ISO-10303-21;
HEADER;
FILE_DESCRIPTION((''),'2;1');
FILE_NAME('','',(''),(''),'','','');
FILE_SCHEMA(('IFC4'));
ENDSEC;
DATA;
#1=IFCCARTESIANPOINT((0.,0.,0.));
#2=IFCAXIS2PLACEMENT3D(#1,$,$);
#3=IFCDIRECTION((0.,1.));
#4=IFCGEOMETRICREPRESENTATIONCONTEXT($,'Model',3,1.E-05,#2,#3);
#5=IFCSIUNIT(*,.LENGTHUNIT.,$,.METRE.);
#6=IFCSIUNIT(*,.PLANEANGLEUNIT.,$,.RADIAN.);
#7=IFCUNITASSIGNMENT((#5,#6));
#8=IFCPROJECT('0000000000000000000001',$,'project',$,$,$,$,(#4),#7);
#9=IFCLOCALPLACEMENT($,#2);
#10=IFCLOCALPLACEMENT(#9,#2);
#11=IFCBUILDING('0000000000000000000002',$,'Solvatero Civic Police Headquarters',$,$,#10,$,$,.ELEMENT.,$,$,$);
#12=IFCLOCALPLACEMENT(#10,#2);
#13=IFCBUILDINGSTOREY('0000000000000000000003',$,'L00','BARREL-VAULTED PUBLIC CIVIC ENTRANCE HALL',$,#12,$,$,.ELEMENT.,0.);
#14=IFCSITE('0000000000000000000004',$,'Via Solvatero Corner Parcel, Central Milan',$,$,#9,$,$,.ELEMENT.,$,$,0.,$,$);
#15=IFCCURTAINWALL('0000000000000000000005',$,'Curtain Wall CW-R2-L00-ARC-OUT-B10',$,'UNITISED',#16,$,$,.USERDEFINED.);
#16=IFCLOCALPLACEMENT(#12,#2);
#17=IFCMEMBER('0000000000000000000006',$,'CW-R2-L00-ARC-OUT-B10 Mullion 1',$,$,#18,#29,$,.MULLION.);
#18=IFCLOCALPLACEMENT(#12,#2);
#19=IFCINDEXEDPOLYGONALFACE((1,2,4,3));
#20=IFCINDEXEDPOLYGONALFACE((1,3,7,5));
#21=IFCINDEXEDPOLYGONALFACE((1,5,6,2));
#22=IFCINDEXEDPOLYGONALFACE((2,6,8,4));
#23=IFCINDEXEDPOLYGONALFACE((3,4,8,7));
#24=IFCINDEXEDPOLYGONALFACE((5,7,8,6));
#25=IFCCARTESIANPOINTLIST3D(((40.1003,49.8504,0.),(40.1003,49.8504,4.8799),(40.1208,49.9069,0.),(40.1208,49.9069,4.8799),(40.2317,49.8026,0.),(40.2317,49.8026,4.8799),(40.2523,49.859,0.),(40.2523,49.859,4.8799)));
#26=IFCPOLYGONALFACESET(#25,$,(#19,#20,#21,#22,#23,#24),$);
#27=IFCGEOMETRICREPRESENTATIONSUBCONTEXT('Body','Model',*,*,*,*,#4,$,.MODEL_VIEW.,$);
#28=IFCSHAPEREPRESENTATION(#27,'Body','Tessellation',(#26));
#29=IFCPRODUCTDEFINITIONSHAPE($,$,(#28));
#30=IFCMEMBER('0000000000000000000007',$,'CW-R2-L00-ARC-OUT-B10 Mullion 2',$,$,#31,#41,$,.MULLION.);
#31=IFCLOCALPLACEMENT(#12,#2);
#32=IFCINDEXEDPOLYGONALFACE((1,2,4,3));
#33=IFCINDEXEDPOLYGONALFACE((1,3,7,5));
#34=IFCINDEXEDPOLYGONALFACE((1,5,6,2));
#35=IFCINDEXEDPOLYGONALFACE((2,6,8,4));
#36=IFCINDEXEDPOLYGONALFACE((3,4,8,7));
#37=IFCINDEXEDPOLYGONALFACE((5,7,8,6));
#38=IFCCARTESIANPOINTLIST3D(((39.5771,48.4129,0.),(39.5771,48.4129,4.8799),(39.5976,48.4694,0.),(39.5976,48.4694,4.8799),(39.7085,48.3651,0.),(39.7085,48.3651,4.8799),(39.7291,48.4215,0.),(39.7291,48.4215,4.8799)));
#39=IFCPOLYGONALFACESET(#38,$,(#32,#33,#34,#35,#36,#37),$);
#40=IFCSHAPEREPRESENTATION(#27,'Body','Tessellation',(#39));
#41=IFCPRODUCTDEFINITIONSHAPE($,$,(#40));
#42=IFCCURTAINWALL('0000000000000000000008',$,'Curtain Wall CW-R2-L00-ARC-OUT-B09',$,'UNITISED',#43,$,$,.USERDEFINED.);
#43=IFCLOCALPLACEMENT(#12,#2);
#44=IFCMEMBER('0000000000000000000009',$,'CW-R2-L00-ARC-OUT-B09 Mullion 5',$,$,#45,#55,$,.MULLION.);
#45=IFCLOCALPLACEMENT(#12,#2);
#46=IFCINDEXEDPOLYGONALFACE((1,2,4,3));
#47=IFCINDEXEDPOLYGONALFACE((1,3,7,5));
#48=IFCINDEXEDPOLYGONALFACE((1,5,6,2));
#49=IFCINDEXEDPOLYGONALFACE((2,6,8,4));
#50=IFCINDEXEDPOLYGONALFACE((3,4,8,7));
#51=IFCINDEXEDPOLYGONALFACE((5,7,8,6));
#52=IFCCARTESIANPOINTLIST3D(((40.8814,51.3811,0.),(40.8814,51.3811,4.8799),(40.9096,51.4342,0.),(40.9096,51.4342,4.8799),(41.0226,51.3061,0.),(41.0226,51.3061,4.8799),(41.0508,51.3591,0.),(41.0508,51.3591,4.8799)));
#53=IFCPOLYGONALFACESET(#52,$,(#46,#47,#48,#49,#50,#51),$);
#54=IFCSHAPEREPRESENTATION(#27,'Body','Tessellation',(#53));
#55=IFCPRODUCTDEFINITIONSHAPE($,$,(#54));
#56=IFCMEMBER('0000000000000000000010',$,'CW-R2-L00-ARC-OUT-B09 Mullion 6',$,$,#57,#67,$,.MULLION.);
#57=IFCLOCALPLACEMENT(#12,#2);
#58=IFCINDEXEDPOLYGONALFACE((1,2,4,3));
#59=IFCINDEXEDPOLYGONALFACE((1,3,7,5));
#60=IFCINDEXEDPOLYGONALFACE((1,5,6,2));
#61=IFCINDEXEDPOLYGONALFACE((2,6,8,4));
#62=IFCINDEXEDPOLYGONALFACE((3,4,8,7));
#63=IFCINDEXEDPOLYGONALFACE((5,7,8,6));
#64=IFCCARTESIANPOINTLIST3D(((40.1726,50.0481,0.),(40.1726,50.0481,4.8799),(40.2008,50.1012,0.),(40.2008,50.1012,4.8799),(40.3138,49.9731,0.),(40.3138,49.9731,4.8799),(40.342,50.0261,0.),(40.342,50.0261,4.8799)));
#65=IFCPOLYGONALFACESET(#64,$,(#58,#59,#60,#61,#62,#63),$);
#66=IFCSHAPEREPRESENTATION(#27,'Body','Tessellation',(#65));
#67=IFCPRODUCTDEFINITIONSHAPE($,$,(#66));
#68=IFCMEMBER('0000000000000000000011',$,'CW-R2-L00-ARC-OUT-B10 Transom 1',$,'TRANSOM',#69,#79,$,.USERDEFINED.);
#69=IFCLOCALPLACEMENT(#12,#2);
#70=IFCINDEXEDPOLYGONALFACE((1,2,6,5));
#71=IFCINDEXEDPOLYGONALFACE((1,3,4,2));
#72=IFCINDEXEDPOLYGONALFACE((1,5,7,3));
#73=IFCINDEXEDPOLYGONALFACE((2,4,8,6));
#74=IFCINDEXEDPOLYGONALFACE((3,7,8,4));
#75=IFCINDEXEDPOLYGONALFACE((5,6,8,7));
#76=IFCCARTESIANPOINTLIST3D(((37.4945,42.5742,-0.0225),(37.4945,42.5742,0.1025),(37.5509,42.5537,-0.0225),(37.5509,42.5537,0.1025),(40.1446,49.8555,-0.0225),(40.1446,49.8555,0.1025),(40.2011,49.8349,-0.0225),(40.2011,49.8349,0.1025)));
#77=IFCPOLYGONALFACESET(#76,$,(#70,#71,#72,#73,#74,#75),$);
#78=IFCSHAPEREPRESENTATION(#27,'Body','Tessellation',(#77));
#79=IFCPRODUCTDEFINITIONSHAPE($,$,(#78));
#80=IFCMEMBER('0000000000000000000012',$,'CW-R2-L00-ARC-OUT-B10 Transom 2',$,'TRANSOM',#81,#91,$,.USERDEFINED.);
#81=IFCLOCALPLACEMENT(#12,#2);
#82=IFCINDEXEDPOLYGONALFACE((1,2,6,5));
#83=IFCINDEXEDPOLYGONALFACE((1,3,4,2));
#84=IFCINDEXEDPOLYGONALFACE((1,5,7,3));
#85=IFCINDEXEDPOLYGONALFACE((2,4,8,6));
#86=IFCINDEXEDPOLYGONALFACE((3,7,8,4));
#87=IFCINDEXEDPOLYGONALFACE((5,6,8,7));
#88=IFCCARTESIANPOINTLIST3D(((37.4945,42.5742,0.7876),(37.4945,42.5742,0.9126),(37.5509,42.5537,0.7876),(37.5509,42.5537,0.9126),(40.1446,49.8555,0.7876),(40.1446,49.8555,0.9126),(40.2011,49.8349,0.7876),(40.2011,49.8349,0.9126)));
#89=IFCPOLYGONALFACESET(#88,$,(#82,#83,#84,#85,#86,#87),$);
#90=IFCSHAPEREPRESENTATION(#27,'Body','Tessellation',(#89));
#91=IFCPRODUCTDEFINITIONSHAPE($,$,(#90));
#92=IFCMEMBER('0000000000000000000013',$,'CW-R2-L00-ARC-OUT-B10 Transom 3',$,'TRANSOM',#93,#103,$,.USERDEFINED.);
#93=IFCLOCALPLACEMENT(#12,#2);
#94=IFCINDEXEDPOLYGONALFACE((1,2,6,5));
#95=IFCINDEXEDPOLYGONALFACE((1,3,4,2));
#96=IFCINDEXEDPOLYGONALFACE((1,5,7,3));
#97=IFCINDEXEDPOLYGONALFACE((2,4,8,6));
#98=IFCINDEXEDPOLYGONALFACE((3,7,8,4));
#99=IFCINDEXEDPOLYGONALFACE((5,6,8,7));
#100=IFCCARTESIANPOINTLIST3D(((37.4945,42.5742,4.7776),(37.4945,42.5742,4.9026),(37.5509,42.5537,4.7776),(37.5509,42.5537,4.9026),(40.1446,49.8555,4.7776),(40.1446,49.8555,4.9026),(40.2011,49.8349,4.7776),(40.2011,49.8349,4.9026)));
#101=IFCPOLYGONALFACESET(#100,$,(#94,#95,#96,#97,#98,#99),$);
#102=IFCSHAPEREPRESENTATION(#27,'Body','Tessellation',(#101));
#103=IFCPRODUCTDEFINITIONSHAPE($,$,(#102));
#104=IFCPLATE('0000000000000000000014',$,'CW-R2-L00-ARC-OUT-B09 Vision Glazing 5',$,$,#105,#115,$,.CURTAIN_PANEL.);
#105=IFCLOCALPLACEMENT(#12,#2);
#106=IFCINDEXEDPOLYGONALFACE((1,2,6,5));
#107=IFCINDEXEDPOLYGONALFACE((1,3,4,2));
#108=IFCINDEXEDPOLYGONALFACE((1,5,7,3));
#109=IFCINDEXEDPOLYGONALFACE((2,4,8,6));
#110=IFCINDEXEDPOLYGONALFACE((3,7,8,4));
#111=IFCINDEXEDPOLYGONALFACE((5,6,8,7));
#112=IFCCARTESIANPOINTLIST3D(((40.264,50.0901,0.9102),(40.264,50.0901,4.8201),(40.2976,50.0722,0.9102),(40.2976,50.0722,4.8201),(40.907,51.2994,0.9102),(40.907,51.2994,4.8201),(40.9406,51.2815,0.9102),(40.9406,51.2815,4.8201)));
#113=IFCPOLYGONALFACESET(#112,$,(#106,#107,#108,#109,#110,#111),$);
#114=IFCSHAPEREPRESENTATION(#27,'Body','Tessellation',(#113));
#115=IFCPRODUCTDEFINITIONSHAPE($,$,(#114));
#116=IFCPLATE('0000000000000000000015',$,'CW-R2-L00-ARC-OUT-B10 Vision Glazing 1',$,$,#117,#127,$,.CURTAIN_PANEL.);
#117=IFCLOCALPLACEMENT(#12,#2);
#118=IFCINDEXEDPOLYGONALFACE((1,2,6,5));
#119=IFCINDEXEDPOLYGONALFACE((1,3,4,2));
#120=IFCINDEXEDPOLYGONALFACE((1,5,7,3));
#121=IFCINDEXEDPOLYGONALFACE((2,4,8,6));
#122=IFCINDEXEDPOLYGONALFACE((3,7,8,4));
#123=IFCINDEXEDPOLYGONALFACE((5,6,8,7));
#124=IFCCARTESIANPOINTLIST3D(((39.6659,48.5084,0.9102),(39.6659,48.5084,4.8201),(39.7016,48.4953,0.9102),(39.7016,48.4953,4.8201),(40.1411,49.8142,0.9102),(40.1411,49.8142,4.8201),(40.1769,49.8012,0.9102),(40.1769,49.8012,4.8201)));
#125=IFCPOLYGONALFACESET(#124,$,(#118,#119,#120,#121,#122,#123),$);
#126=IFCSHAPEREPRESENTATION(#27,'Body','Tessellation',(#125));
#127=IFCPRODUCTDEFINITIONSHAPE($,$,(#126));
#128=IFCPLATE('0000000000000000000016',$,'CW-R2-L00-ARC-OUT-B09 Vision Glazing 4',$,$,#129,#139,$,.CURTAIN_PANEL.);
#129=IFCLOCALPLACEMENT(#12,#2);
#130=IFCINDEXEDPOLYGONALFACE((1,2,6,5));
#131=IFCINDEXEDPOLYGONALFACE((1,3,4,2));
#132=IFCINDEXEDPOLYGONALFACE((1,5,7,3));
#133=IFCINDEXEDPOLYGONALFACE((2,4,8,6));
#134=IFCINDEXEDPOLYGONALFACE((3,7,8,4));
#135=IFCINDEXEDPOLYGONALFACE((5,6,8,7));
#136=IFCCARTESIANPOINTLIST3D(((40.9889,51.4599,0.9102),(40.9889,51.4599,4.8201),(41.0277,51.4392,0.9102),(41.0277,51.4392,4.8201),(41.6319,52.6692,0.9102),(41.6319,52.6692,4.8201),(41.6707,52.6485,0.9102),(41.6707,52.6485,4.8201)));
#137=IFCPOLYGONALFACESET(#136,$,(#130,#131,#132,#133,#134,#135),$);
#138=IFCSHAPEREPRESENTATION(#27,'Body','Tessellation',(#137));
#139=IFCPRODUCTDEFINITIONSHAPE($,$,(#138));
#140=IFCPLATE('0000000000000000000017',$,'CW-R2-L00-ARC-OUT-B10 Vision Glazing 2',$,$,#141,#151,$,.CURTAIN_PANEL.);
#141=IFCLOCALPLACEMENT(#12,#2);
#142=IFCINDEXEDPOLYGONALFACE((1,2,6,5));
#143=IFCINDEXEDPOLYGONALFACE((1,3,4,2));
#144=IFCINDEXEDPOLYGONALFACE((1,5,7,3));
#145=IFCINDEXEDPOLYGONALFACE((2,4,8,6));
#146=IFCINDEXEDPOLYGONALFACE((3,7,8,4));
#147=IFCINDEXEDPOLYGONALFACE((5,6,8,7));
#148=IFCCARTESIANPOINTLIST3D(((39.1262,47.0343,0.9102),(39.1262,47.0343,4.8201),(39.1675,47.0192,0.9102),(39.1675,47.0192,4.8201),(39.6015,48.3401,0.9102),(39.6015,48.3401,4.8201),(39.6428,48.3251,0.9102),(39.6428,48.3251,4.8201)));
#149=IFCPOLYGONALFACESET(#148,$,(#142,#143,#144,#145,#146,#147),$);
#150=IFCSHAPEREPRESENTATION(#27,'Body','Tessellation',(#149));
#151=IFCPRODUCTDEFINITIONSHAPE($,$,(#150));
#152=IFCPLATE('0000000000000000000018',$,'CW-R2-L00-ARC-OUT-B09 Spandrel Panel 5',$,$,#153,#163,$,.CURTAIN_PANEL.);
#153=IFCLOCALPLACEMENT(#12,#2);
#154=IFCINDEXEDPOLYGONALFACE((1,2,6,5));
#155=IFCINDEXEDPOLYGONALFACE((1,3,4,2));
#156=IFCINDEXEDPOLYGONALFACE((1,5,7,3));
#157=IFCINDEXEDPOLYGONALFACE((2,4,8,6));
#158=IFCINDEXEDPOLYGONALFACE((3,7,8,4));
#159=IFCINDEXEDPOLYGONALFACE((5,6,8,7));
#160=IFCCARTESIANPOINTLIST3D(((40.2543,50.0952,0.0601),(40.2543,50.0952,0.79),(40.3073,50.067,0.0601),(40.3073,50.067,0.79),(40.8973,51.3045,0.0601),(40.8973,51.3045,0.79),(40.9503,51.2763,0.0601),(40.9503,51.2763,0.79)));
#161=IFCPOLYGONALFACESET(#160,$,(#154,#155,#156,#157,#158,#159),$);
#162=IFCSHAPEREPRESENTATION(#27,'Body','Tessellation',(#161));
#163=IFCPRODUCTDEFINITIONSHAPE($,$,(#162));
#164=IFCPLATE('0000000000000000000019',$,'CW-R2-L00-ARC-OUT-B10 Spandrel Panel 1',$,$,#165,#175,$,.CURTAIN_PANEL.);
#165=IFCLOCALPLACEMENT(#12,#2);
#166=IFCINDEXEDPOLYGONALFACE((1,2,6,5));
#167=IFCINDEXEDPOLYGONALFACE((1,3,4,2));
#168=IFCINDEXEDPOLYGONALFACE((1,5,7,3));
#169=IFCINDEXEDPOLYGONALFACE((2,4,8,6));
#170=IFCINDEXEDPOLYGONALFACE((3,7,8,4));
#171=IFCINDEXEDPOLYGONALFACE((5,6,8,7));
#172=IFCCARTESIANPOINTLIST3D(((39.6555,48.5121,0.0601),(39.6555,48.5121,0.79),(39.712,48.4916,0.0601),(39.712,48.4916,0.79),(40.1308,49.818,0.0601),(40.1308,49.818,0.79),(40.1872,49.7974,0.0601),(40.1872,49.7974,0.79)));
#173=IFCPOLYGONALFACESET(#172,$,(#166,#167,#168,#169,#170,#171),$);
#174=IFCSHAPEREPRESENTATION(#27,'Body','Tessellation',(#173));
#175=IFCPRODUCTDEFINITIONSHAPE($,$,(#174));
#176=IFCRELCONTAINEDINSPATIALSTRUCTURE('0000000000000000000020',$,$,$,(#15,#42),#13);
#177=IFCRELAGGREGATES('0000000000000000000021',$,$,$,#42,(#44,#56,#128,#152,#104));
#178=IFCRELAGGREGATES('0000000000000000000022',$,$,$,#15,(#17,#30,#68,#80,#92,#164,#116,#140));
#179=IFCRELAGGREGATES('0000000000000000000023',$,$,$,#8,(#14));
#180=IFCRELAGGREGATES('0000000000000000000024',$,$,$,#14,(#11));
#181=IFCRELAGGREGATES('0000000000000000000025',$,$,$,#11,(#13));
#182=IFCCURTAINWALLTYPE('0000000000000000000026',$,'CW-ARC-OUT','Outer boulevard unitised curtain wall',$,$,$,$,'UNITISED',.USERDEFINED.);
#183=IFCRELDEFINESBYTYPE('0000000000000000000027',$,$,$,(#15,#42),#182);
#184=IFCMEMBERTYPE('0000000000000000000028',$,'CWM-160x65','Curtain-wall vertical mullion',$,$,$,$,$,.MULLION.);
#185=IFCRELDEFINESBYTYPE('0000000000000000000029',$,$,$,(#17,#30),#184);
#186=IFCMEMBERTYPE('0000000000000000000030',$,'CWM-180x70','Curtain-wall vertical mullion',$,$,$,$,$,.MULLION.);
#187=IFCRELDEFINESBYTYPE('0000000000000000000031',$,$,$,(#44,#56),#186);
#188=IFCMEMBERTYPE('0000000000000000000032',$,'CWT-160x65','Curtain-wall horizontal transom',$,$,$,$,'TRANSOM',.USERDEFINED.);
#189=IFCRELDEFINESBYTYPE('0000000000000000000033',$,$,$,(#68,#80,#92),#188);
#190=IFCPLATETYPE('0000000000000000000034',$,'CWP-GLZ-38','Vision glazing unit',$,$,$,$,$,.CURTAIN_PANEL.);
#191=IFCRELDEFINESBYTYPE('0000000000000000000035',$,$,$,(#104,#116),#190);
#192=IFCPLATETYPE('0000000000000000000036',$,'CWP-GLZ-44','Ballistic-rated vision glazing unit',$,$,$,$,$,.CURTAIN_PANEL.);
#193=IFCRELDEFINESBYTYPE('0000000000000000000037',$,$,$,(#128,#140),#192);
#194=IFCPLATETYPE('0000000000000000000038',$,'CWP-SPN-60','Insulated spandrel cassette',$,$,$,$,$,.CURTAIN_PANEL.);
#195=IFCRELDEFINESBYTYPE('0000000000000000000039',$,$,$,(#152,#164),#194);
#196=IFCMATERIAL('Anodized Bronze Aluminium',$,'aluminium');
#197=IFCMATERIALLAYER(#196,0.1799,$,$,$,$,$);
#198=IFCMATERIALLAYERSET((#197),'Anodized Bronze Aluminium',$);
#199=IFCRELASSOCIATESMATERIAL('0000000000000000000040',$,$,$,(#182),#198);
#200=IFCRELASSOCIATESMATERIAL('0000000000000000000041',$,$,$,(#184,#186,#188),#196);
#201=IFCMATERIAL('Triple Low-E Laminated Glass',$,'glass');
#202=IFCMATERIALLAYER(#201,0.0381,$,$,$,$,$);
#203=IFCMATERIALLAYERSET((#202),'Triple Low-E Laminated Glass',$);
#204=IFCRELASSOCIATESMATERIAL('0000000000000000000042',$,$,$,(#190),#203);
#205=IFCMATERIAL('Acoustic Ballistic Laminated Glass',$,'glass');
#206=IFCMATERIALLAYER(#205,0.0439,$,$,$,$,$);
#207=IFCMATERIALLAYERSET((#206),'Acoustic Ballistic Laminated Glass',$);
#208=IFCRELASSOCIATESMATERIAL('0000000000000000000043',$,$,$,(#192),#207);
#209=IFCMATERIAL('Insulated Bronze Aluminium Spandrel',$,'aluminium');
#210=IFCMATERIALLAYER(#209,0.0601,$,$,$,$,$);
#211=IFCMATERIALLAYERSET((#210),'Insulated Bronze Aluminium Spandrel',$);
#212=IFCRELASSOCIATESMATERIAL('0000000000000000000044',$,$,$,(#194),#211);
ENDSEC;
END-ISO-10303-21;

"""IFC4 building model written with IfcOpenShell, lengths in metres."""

from ifc_helpers import new_model, si_unit, direction, frame, origin, origin_2d, place, context, subcontext, project, spatial, rectangle, extrude, material, layer, layer_set, material_profile, profile_set, type_object, element, aggregate, save


model = new_model("IFC4")

# Units and contexts
model_context = context("Model", 3, precision=1e-05, world=origin(), true_north=direction((0.0, 1.0)))
body_context = subcontext(model_context, "Body", "Model", "MODEL_VIEW")
ifc_project = project(units=[si_unit("LENGTHUNIT", "METRE"), si_unit("PLANEANGLEUNIT", "RADIAN")], contexts=[model_context])

# Site, building, storey
site_placement = place(None, origin())
site = spatial("IfcSite", under=ifc_project, at=site_placement, Name="Via Solvatero Corner Parcel, Central Milan", CompositionType="ELEMENT", RefElevation=0.0)
building_placement = place(site_placement, origin())
building = spatial("IfcBuilding", under=site, at=building_placement, Name="Solvatero Civic Police Headquarters", CompositionType="ELEMENT")
storey_placement = place(building_placement, origin())
storey = spatial("IfcBuildingStorey", under=building, at=storey_placement, Name="L00", Description="BARREL-VAULTED PUBLIC CIVIC ENTRANCE HALL", CompositionType="ELEMENT", Elevation=0.0)

# Curtain walls, members
ifc_material_1 = material(Name="Anodized Bronze Aluminium", Category="aluminium")
ifc_layer_1 = layer(ifc_material_1, 0.1799)
ifc_layer_set_1 = layer_set([ifc_layer_1], Name="Anodized Bronze Aluminium")
curtain_wall_type = type_object("IfcCurtainWallType", Name="CW-ARC-OUT", Description="Outer boulevard unitised curtain wall", ElementType="UNITISED", PredefinedType="USERDEFINED", material=ifc_layer_set_1)
curtain_wall_1_placement = place(storey_placement, origin())
curtain_wall_1 = element("IfcCurtainWall", 1, at=curtain_wall_1_placement, inside=storey, type_object=curtain_wall_type, Name="Curtain Wall CW-R2-L00-ARC-OUT-B10", ObjectType="UNITISED", PredefinedType="USERDEFINED")
ifc_material_profile_1 = material_profile(ifc_material_1, rectangle(XDim=0.0601, YDim=0.1399, at=origin_2d()), Name="ALU MULLION 60x140")
ifc_profile_set_1 = profile_set([ifc_material_profile_1], Name="Anodized Bronze Aluminium")
member_type_1 = type_object("IfcMemberType", Name="CWM-160x65", Description="Curtain-wall vertical mullion", PredefinedType="MULLION", material=ifc_profile_set_1)
member_1_placement = place(storey_placement, frame((40.1763, 49.8547, 0.0), z_axis=(0.0, 0.0, 1.0), x_axis=(-0.342004, -0.939699, 0.0)))
member_1 = element("IfcMember", 2, at=member_1_placement, type_object=member_type_1, Name="CW-R2-L00-ARC-OUT-B10 Mullion 1", PredefinedType="MULLION", context=body_context, shape_type="SweptSolid", body=[
    extrude(rectangle(XDim=0.0601, YDim=0.1399, at=origin_2d()), origin(), (0.0, 0.0, 1.0), 4.8799),
])
member_2_placement = place(storey_placement, frame((39.6531, 48.4172, 0.0), z_axis=(0.0, 0.0, 1.0), x_axis=(-0.342004, -0.939699, 0.0)))
member_2 = element("IfcMember", 3, at=member_2_placement, type_object=member_type_1, Name="CW-R2-L00-ARC-OUT-B10 Mullion 2", PredefinedType="MULLION", context=body_context, shape_type="SweptSolid", body=[
    extrude(rectangle(XDim=0.0601, YDim=0.1399, at=origin_2d()), origin(), (0.0, 0.0, 1.0), 4.8799),
])
curtain_wall_2_placement = place(storey_placement, origin())
curtain_wall_2 = element("IfcCurtainWall", 4, at=curtain_wall_2_placement, inside=storey, type_object=curtain_wall_type, Name="Curtain Wall CW-R2-L00-ARC-OUT-B09", ObjectType="UNITISED", PredefinedType="USERDEFINED")
ifc_material_profile_2 = material_profile(ifc_material_1, rectangle(XDim=0.0601, YDim=0.1599, at=origin_2d()), Name="ALU MULLION 60x160")
ifc_profile_set_2 = profile_set([ifc_material_profile_2], Name="Anodized Bronze Aluminium")
member_type_2 = type_object("IfcMemberType", Name="CWM-180x70", Description="Curtain-wall vertical mullion", PredefinedType="MULLION", material=ifc_profile_set_2)
member_3_placement = place(storey_placement, frame((40.9661, 51.3701, 0.0), z_axis=(0.0, 0.0, 1.0), x_axis=(-0.469472, -0.882948, 0.0)))
member_3 = element("IfcMember", 5, at=member_3_placement, type_object=member_type_2, Name="CW-R2-L00-ARC-OUT-B09 Mullion 5", PredefinedType="MULLION", context=body_context, shape_type="SweptSolid", body=[
    extrude(rectangle(XDim=0.0601, YDim=0.1599, at=origin_2d()), origin(), (0.0, 0.0, 1.0), 4.8799),
])
member_4_placement = place(storey_placement, frame((40.2573, 50.0371, 0.0), z_axis=(0.0, 0.0, 1.0), x_axis=(-0.469472, -0.882948, 0.0)))
member_4 = element("IfcMember", 6, at=member_4_placement, type_object=member_type_2, Name="CW-R2-L00-ARC-OUT-B09 Mullion 6", PredefinedType="MULLION", context=body_context, shape_type="SweptSolid", body=[
    extrude(rectangle(XDim=0.0601, YDim=0.1599, at=origin_2d()), origin(), (0.0, 0.0, 1.0), 4.8799),
])

# Members
ifc_material_profile_3 = material_profile(ifc_material_1, rectangle(XDim=0.0601, YDim=0.125, at=origin_2d()), Name="ALU TRANSOM 60x125")
ifc_profile_set_3 = profile_set([ifc_material_profile_3], Name="Anodized Bronze Aluminium")
member_type_3 = type_object("IfcMemberType", Name="CWT-160x65", Description="Curtain-wall horizontal transom", ElementType="TRANSOM", PredefinedType="USERDEFINED", material=ifc_profile_set_3)
member_5_placement = place(storey_placement, frame((40.1729, 49.8452, 0.04), z_axis=(-0.342019, -0.939693, 0.0), x_axis=(0.939693, -0.342019, 0.0)))
member_5 = element("IfcMember", 7, at=member_5_placement, type_object=member_type_3, Name="CW-R2-L00-ARC-OUT-B10 Transom 1", ObjectType="TRANSOM", PredefinedType="USERDEFINED", context=body_context, shape_type="SweptSolid", body=[
    extrude(rectangle(XDim=0.0601, YDim=0.125, at=origin_2d()), origin(), (0.0, 0.0, 1.0), 7.7485),
])
member_6_placement = place(storey_placement, frame((40.1729, 49.8452, 0.8501), z_axis=(-0.342019, -0.939693, 0.0), x_axis=(0.939693, -0.342019, 0.0)))
member_6 = element("IfcMember", 8, at=member_6_placement, type_object=member_type_3, Name="CW-R2-L00-ARC-OUT-B10 Transom 2", ObjectType="TRANSOM", PredefinedType="USERDEFINED", context=body_context, shape_type="SweptSolid", body=[
    extrude(rectangle(XDim=0.0601, YDim=0.125, at=origin_2d()), origin(), (0.0, 0.0, 1.0), 7.7485),
])
member_7_placement = place(storey_placement, frame((40.1729, 49.8452, 4.8401), z_axis=(-0.342019, -0.939693, 0.0), x_axis=(0.939693, -0.342019, 0.0)))
member_7 = element("IfcMember", 9, at=member_7_placement, type_object=member_type_3, Name="CW-R2-L00-ARC-OUT-B10 Transom 3", ObjectType="TRANSOM", PredefinedType="USERDEFINED", context=body_context, shape_type="SweptSolid", body=[
    extrude(rectangle(XDim=0.0601, YDim=0.125, at=origin_2d()), origin(), (0.0, 0.0, 1.0), 7.7485),
])

# Plates
ifc_material_2 = material(Name="Triple Low-E Laminated Glass", Category="glass")
ifc_layer_2 = layer(ifc_material_2, 0.0381)
ifc_layer_set_2 = layer_set([ifc_layer_2], Name="Triple Low-E Laminated Glass")
plate_type_1 = type_object("IfcPlateType", Name="CWP-GLZ-38", Description="Vision glazing unit", PredefinedType="CURTAIN_PANEL", material=ifc_layer_set_2)
plate_1_placement = place(storey_placement, frame((40.6023, 50.6858, 0.9102), z_axis=(0.0, 0.0, 1.0), x_axis=(-0.469472, -0.882948, 0.0)))
plate_1 = element("IfcPlate", 10, at=plate_1_placement, type_object=plate_type_1, Name="CW-R2-L00-ARC-OUT-B09 Vision Glazing 5", PredefinedType="CURTAIN_PANEL", context=body_context, shape_type="SweptSolid", body=[
    extrude(rectangle(XDim=1.3696, YDim=0.0381, at=origin_2d()), origin(), (0.0, 0.0, 1.0), 3.9099),
])
plate_2_placement = place(storey_placement, frame((39.9214, 49.1548, 0.9102), z_axis=(0.0, 0.0, 1.0), x_axis=(-0.342004, -0.939699, 0.0)))
plate_2 = element("IfcPlate", 11, at=plate_2_placement, type_object=plate_type_1, Name="CW-R2-L00-ARC-OUT-B10 Vision Glazing 1", PredefinedType="CURTAIN_PANEL", context=body_context, shape_type="SweptSolid", body=[
    extrude(rectangle(XDim=1.3896, YDim=0.0381, at=origin_2d()), origin(), (0.0, 0.0, 1.0), 3.9099),
])
ifc_material_3 = material(Name="Acoustic Ballistic Laminated Glass", Category="glass")
ifc_layer_3 = layer(ifc_material_3, 0.0439)
ifc_layer_set_3 = layer_set([ifc_layer_3], Name="Acoustic Ballistic Laminated Glass")
plate_type_2 = type_object("IfcPlateType", Name="CWP-GLZ-44", Description="Ballistic-rated vision glazing unit", PredefinedType="CURTAIN_PANEL", material=ifc_layer_set_3)
plate_3_placement = place(storey_placement, frame((41.3298, 52.0542, 0.9102), z_axis=(0.0, 0.0, 1.0), x_axis=(-0.469472, -0.882948, 0.0)))
plate_3 = element("IfcPlate", 12, at=plate_3_placement, type_object=plate_type_2, Name="CW-R2-L00-ARC-OUT-B09 Vision Glazing 4", PredefinedType="CURTAIN_PANEL", context=body_context, shape_type="SweptSolid", body=[
    extrude(rectangle(XDim=1.3696, YDim=0.0439, at=origin_2d()), origin(), (0.0, 0.0, 1.0), 3.9099),
])
plate_4_placement = place(storey_placement, frame((39.3845, 47.6797, 0.9102), z_axis=(0.0, 0.0, 1.0), x_axis=(-0.342004, -0.939699, 0.0)))
plate_4 = element("IfcPlate", 13, at=plate_4_placement, type_object=plate_type_2, Name="CW-R2-L00-ARC-OUT-B10 Vision Glazing 2", PredefinedType="CURTAIN_PANEL", context=body_context, shape_type="SweptSolid", body=[
    extrude(rectangle(XDim=1.3896, YDim=0.0439, at=origin_2d()), origin(), (0.0, 0.0, 1.0), 3.9099),
])
ifc_material_4 = material(Name="Insulated Bronze Aluminium Spandrel", Category="aluminium")
ifc_layer_4 = layer(ifc_material_4, 0.0601)
ifc_layer_set_4 = layer_set([ifc_layer_4], Name="Insulated Bronze Aluminium Spandrel")
plate_type_3 = type_object("IfcPlateType", Name="CWP-SPN-60", Description="Insulated spandrel cassette", PredefinedType="CURTAIN_PANEL", material=ifc_layer_set_4)
plate_5_placement = place(storey_placement, frame((40.6023, 50.6858, 0.0601), z_axis=(0.0, 0.0, 1.0), x_axis=(-0.469472, -0.882948, 0.0)))
plate_5 = element("IfcPlate", 14, at=plate_5_placement, type_object=plate_type_3, Name="CW-R2-L00-ARC-OUT-B09 Spandrel Panel 5", PredefinedType="CURTAIN_PANEL", context=body_context, shape_type="SweptSolid", body=[
    extrude(rectangle(XDim=1.3696, YDim=0.0601, at=origin_2d()), origin(), (0.0, 0.0, 1.0), 0.73),
])
plate_6_placement = place(storey_placement, frame((39.9214, 49.1548, 0.0601), z_axis=(0.0, 0.0, 1.0), x_axis=(-0.342004, -0.939699, 0.0)))
plate_6 = element("IfcPlate", 15, at=plate_6_placement, type_object=plate_type_3, Name="CW-R2-L00-ARC-OUT-B10 Spandrel Panel 1", PredefinedType="CURTAIN_PANEL", context=body_context, shape_type="SweptSolid", body=[
    extrude(rectangle(XDim=1.3896, YDim=0.0601, at=origin_2d()), origin(), (0.0, 0.0, 1.0), 0.73),
])
aggregate(curtain_wall_2, [member_3, member_4, plate_3, plate_5, plate_1])
aggregate(curtain_wall_1, [member_1, member_2, member_5, member_6, member_7, plate_6, plate_2, plate_4])

save(model, "model.ifc")
